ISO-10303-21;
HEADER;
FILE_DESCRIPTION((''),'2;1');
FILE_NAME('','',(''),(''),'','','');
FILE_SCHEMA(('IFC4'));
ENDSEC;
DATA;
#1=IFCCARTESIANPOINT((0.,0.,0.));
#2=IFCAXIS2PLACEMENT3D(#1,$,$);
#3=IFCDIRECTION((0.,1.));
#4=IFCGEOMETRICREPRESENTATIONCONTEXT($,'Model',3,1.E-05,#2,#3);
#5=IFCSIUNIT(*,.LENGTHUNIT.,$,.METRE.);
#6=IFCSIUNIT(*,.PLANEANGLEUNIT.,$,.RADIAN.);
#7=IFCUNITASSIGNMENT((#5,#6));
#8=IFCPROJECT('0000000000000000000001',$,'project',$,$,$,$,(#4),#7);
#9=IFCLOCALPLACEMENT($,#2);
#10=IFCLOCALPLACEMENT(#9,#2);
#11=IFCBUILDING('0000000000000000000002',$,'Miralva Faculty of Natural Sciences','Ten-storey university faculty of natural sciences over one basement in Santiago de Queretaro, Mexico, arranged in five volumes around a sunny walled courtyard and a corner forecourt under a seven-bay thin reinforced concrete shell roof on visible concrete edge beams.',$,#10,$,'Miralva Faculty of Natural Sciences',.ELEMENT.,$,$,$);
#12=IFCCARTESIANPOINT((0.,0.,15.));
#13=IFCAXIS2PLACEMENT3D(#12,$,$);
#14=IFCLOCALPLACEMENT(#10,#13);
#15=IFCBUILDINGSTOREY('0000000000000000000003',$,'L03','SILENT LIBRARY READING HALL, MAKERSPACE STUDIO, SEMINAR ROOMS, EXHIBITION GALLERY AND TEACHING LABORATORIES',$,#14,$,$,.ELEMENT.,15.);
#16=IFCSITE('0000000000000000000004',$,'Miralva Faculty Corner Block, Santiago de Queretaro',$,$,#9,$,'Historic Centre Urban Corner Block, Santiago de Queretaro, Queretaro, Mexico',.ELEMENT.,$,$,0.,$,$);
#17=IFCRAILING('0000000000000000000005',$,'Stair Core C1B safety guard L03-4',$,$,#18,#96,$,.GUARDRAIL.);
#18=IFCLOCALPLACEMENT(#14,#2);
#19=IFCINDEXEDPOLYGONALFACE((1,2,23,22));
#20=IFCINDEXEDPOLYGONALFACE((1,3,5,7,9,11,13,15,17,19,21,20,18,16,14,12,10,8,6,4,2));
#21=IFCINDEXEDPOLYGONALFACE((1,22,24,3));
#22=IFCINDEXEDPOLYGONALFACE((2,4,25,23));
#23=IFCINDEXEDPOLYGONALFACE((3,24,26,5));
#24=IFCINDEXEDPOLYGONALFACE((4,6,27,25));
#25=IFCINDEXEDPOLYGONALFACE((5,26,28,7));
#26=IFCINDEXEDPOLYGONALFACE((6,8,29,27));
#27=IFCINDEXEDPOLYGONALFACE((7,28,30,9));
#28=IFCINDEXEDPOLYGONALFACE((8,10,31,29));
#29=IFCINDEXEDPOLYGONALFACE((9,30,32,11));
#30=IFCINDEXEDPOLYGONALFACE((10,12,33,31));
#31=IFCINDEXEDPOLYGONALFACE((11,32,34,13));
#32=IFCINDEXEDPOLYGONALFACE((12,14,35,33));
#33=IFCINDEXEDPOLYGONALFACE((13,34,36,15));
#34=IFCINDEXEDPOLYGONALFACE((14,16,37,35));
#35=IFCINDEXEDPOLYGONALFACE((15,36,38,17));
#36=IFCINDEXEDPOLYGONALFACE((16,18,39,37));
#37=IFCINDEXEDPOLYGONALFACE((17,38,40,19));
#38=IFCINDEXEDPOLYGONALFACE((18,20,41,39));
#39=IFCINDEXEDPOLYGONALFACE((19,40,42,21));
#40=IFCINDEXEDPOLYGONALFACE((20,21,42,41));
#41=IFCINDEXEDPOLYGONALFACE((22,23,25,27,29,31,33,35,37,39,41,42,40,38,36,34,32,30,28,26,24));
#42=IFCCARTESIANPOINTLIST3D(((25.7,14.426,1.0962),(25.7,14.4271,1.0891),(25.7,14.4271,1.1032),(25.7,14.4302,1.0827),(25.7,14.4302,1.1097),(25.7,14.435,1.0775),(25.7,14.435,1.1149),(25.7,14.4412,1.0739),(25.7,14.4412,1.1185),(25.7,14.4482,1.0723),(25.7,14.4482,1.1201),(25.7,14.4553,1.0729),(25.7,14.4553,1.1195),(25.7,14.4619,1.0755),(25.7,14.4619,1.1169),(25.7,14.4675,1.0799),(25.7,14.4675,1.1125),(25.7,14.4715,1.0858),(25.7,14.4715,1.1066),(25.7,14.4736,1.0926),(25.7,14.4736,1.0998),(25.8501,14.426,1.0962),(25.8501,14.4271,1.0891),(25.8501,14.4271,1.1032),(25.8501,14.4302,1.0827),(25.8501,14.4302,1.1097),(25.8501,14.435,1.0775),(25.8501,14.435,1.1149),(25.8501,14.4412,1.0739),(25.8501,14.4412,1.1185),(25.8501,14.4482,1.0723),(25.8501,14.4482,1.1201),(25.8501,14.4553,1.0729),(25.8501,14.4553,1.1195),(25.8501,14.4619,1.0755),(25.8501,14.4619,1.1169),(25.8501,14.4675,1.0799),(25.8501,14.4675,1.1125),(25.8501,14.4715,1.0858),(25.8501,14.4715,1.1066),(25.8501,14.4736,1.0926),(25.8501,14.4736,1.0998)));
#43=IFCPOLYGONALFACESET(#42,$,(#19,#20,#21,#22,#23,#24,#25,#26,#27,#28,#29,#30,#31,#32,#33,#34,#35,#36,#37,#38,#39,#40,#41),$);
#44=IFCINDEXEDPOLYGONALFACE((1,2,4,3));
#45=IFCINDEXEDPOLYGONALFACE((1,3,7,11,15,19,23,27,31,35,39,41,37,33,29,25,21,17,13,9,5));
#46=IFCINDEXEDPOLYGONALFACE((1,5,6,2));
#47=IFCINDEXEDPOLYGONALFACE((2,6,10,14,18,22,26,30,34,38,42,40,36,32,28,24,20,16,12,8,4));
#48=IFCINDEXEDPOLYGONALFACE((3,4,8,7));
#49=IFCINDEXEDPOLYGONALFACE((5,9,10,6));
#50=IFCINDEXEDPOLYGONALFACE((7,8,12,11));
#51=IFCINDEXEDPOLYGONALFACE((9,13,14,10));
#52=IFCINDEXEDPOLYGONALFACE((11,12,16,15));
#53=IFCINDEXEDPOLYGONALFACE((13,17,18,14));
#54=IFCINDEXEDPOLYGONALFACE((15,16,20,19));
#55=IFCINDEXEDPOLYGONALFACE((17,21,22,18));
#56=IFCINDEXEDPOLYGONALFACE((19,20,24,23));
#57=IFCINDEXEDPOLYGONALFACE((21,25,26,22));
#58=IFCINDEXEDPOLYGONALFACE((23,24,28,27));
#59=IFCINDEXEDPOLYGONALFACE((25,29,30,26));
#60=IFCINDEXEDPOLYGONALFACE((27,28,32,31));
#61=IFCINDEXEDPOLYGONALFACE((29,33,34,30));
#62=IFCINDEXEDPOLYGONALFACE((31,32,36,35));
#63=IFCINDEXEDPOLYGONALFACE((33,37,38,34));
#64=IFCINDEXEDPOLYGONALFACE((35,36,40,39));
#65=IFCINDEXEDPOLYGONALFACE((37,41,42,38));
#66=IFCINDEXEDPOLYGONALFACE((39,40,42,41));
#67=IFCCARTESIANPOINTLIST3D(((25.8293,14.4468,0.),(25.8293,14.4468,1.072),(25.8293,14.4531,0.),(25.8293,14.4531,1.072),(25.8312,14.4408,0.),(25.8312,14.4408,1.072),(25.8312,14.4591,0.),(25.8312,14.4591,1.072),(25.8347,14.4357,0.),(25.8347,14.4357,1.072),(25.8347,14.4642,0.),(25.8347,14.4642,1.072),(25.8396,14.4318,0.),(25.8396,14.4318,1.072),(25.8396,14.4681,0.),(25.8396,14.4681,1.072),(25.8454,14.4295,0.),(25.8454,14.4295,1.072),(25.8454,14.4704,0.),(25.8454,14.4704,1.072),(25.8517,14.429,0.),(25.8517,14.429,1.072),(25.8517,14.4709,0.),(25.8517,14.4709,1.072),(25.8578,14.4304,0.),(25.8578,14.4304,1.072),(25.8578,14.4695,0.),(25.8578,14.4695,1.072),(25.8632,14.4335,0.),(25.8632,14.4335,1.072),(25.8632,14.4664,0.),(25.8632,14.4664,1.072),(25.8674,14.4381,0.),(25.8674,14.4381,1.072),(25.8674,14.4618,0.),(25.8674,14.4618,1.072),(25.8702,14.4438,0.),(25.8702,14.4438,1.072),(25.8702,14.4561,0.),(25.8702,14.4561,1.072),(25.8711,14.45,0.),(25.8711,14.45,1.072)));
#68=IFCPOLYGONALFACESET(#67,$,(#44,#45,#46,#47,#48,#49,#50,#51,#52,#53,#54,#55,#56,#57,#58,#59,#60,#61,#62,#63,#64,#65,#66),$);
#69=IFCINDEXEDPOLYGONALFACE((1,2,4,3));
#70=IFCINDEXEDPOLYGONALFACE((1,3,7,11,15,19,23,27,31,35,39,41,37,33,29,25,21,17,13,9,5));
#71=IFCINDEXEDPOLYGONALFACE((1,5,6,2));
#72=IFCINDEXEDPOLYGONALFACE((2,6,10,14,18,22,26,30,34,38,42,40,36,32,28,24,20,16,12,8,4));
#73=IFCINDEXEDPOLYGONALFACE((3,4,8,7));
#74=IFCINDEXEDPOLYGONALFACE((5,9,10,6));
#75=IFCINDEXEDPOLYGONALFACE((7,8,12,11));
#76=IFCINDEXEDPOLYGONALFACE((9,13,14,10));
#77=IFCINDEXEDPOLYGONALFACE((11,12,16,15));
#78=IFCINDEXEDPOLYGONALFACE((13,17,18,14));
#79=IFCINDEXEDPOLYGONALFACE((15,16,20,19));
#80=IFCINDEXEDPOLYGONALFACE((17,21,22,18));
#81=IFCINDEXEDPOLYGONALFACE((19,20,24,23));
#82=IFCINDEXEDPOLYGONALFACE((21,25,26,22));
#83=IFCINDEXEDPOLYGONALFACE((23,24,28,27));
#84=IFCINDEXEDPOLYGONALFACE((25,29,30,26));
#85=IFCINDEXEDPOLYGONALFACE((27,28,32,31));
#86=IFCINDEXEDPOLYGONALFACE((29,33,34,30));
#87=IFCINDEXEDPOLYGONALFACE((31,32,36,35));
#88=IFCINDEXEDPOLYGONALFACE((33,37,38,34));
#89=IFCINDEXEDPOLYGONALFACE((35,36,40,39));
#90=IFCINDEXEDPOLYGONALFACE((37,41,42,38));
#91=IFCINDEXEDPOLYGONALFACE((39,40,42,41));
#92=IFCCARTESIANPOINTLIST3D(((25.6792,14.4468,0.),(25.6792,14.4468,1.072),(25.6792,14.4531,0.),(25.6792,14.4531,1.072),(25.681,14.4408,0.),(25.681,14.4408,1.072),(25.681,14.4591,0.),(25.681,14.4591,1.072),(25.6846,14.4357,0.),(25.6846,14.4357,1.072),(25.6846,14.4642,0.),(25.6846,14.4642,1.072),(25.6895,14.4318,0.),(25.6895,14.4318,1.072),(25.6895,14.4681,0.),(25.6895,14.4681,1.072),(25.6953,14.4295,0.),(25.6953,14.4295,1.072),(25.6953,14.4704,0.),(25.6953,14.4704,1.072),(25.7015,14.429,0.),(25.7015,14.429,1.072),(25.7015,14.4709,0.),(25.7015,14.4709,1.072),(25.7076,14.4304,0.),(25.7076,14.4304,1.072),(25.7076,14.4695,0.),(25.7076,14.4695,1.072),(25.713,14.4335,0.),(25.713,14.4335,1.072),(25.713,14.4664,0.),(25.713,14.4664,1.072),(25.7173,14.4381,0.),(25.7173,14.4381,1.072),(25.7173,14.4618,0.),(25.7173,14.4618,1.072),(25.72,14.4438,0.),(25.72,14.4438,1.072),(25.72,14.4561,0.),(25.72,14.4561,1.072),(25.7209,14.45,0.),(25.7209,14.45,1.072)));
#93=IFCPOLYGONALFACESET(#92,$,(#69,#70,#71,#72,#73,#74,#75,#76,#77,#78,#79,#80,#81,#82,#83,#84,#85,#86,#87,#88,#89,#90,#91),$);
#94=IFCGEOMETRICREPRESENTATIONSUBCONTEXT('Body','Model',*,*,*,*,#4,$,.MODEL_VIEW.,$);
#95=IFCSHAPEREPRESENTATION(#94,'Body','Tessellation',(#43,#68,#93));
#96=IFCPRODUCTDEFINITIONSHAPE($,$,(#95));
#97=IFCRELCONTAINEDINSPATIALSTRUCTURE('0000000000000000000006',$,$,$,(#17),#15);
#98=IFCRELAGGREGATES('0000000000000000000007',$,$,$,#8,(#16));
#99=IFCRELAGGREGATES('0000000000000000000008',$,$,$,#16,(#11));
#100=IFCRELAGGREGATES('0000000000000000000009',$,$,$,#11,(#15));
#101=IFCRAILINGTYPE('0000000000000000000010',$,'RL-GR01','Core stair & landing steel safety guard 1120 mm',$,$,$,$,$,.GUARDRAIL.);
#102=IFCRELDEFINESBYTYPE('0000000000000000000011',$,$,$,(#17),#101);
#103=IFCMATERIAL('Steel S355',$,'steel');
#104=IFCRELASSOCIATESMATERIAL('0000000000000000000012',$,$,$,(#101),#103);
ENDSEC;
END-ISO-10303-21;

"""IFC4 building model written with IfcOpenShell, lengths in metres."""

from ifc_helpers import new_model, si_unit, direction, frame, origin, origin_2d, place, context, subcontext, project, spatial, circle, extrude, material, type_object, element, save


model = new_model("IFC4")

# Units and contexts
model_context = context("Model", 3, precision=1e-05, world=origin(), true_north=direction((0.0, 1.0)))
body_context = subcontext(model_context, "Body", "Model", "MODEL_VIEW")
ifc_project = project(units=[si_unit("LENGTHUNIT", "METRE"), si_unit("PLANEANGLEUNIT", "RADIAN")], contexts=[model_context])

# Site, building, storey
site_placement = place(None, origin())
site = spatial("IfcSite", under=ifc_project, at=site_placement, Name="Miralva Faculty Corner Block, Santiago de Queretaro", LongName="Historic Centre Urban Corner Block, Santiago de Queretaro, Queretaro, Mexico", CompositionType="ELEMENT", RefElevation=0.0)
building_placement = place(site_placement, origin())
building = spatial("IfcBuilding", under=site, at=building_placement, Name="Miralva Faculty of Natural Sciences", Description="Ten-storey university faculty of natural sciences over one basement in Santiago de Queretaro, Mexico, arranged in five volumes around a sunny walled courtyard and a corner forecourt under a seven-bay thin reinforced concrete shell roof on visible concrete edge beams.", LongName="Miralva Faculty of Natural Sciences", CompositionType="ELEMENT")
storey_placement = place(building_placement, frame((0.0, 0.0, 15.0)))
storey = spatial("IfcBuildingStorey", under=building, at=storey_placement, Name="L03", Description="SILENT LIBRARY READING HALL, MAKERSPACE STUDIO, SEMINAR ROOMS, EXHIBITION GALLERY AND TEACHING LABORATORIES", CompositionType="ELEMENT", Elevation=15.0)

# Railing
ifc_material_1 = material(Name="Steel S355", Category="steel")
railing_type_1 = type_object("IfcRailingType", Name="RL-GR01", Description="Core stair & landing steel safety guard 1120 mm", PredefinedType="GUARDRAIL", material=ifc_material_1)
railing_1_placement = place(storey_placement, frame((25.8501, 14.45, 0.0)))
element("IfcRailing", 1, at=railing_1_placement, inside=storey, type_object=railing_type_1, Name="Stair Core C1B safety guard L03-4", PredefinedType="GUARDRAIL", context=body_context, shape_type="SweptSolid", body=[
    extrude(circle(Radius=0.0239, at=origin_2d()), frame((0.0, 0.0, 1.0962), z_axis=(-1.0, 0.0, 0.0), x_axis=(0.0, -1.0, 0.0)), (0.0, 0.0, 1.0), 0.1501),
    extrude(circle(Radius=0.021, at=origin_2d()), origin(), (0.0, 0.0, 1.0), 1.072),
    extrude(circle(Radius=0.021, at=origin_2d()), frame((-0.1501, 0.0, 0.0)), (0.0, 0.0, 1.0), 1.072),
])

save(model, "model.ifc")
